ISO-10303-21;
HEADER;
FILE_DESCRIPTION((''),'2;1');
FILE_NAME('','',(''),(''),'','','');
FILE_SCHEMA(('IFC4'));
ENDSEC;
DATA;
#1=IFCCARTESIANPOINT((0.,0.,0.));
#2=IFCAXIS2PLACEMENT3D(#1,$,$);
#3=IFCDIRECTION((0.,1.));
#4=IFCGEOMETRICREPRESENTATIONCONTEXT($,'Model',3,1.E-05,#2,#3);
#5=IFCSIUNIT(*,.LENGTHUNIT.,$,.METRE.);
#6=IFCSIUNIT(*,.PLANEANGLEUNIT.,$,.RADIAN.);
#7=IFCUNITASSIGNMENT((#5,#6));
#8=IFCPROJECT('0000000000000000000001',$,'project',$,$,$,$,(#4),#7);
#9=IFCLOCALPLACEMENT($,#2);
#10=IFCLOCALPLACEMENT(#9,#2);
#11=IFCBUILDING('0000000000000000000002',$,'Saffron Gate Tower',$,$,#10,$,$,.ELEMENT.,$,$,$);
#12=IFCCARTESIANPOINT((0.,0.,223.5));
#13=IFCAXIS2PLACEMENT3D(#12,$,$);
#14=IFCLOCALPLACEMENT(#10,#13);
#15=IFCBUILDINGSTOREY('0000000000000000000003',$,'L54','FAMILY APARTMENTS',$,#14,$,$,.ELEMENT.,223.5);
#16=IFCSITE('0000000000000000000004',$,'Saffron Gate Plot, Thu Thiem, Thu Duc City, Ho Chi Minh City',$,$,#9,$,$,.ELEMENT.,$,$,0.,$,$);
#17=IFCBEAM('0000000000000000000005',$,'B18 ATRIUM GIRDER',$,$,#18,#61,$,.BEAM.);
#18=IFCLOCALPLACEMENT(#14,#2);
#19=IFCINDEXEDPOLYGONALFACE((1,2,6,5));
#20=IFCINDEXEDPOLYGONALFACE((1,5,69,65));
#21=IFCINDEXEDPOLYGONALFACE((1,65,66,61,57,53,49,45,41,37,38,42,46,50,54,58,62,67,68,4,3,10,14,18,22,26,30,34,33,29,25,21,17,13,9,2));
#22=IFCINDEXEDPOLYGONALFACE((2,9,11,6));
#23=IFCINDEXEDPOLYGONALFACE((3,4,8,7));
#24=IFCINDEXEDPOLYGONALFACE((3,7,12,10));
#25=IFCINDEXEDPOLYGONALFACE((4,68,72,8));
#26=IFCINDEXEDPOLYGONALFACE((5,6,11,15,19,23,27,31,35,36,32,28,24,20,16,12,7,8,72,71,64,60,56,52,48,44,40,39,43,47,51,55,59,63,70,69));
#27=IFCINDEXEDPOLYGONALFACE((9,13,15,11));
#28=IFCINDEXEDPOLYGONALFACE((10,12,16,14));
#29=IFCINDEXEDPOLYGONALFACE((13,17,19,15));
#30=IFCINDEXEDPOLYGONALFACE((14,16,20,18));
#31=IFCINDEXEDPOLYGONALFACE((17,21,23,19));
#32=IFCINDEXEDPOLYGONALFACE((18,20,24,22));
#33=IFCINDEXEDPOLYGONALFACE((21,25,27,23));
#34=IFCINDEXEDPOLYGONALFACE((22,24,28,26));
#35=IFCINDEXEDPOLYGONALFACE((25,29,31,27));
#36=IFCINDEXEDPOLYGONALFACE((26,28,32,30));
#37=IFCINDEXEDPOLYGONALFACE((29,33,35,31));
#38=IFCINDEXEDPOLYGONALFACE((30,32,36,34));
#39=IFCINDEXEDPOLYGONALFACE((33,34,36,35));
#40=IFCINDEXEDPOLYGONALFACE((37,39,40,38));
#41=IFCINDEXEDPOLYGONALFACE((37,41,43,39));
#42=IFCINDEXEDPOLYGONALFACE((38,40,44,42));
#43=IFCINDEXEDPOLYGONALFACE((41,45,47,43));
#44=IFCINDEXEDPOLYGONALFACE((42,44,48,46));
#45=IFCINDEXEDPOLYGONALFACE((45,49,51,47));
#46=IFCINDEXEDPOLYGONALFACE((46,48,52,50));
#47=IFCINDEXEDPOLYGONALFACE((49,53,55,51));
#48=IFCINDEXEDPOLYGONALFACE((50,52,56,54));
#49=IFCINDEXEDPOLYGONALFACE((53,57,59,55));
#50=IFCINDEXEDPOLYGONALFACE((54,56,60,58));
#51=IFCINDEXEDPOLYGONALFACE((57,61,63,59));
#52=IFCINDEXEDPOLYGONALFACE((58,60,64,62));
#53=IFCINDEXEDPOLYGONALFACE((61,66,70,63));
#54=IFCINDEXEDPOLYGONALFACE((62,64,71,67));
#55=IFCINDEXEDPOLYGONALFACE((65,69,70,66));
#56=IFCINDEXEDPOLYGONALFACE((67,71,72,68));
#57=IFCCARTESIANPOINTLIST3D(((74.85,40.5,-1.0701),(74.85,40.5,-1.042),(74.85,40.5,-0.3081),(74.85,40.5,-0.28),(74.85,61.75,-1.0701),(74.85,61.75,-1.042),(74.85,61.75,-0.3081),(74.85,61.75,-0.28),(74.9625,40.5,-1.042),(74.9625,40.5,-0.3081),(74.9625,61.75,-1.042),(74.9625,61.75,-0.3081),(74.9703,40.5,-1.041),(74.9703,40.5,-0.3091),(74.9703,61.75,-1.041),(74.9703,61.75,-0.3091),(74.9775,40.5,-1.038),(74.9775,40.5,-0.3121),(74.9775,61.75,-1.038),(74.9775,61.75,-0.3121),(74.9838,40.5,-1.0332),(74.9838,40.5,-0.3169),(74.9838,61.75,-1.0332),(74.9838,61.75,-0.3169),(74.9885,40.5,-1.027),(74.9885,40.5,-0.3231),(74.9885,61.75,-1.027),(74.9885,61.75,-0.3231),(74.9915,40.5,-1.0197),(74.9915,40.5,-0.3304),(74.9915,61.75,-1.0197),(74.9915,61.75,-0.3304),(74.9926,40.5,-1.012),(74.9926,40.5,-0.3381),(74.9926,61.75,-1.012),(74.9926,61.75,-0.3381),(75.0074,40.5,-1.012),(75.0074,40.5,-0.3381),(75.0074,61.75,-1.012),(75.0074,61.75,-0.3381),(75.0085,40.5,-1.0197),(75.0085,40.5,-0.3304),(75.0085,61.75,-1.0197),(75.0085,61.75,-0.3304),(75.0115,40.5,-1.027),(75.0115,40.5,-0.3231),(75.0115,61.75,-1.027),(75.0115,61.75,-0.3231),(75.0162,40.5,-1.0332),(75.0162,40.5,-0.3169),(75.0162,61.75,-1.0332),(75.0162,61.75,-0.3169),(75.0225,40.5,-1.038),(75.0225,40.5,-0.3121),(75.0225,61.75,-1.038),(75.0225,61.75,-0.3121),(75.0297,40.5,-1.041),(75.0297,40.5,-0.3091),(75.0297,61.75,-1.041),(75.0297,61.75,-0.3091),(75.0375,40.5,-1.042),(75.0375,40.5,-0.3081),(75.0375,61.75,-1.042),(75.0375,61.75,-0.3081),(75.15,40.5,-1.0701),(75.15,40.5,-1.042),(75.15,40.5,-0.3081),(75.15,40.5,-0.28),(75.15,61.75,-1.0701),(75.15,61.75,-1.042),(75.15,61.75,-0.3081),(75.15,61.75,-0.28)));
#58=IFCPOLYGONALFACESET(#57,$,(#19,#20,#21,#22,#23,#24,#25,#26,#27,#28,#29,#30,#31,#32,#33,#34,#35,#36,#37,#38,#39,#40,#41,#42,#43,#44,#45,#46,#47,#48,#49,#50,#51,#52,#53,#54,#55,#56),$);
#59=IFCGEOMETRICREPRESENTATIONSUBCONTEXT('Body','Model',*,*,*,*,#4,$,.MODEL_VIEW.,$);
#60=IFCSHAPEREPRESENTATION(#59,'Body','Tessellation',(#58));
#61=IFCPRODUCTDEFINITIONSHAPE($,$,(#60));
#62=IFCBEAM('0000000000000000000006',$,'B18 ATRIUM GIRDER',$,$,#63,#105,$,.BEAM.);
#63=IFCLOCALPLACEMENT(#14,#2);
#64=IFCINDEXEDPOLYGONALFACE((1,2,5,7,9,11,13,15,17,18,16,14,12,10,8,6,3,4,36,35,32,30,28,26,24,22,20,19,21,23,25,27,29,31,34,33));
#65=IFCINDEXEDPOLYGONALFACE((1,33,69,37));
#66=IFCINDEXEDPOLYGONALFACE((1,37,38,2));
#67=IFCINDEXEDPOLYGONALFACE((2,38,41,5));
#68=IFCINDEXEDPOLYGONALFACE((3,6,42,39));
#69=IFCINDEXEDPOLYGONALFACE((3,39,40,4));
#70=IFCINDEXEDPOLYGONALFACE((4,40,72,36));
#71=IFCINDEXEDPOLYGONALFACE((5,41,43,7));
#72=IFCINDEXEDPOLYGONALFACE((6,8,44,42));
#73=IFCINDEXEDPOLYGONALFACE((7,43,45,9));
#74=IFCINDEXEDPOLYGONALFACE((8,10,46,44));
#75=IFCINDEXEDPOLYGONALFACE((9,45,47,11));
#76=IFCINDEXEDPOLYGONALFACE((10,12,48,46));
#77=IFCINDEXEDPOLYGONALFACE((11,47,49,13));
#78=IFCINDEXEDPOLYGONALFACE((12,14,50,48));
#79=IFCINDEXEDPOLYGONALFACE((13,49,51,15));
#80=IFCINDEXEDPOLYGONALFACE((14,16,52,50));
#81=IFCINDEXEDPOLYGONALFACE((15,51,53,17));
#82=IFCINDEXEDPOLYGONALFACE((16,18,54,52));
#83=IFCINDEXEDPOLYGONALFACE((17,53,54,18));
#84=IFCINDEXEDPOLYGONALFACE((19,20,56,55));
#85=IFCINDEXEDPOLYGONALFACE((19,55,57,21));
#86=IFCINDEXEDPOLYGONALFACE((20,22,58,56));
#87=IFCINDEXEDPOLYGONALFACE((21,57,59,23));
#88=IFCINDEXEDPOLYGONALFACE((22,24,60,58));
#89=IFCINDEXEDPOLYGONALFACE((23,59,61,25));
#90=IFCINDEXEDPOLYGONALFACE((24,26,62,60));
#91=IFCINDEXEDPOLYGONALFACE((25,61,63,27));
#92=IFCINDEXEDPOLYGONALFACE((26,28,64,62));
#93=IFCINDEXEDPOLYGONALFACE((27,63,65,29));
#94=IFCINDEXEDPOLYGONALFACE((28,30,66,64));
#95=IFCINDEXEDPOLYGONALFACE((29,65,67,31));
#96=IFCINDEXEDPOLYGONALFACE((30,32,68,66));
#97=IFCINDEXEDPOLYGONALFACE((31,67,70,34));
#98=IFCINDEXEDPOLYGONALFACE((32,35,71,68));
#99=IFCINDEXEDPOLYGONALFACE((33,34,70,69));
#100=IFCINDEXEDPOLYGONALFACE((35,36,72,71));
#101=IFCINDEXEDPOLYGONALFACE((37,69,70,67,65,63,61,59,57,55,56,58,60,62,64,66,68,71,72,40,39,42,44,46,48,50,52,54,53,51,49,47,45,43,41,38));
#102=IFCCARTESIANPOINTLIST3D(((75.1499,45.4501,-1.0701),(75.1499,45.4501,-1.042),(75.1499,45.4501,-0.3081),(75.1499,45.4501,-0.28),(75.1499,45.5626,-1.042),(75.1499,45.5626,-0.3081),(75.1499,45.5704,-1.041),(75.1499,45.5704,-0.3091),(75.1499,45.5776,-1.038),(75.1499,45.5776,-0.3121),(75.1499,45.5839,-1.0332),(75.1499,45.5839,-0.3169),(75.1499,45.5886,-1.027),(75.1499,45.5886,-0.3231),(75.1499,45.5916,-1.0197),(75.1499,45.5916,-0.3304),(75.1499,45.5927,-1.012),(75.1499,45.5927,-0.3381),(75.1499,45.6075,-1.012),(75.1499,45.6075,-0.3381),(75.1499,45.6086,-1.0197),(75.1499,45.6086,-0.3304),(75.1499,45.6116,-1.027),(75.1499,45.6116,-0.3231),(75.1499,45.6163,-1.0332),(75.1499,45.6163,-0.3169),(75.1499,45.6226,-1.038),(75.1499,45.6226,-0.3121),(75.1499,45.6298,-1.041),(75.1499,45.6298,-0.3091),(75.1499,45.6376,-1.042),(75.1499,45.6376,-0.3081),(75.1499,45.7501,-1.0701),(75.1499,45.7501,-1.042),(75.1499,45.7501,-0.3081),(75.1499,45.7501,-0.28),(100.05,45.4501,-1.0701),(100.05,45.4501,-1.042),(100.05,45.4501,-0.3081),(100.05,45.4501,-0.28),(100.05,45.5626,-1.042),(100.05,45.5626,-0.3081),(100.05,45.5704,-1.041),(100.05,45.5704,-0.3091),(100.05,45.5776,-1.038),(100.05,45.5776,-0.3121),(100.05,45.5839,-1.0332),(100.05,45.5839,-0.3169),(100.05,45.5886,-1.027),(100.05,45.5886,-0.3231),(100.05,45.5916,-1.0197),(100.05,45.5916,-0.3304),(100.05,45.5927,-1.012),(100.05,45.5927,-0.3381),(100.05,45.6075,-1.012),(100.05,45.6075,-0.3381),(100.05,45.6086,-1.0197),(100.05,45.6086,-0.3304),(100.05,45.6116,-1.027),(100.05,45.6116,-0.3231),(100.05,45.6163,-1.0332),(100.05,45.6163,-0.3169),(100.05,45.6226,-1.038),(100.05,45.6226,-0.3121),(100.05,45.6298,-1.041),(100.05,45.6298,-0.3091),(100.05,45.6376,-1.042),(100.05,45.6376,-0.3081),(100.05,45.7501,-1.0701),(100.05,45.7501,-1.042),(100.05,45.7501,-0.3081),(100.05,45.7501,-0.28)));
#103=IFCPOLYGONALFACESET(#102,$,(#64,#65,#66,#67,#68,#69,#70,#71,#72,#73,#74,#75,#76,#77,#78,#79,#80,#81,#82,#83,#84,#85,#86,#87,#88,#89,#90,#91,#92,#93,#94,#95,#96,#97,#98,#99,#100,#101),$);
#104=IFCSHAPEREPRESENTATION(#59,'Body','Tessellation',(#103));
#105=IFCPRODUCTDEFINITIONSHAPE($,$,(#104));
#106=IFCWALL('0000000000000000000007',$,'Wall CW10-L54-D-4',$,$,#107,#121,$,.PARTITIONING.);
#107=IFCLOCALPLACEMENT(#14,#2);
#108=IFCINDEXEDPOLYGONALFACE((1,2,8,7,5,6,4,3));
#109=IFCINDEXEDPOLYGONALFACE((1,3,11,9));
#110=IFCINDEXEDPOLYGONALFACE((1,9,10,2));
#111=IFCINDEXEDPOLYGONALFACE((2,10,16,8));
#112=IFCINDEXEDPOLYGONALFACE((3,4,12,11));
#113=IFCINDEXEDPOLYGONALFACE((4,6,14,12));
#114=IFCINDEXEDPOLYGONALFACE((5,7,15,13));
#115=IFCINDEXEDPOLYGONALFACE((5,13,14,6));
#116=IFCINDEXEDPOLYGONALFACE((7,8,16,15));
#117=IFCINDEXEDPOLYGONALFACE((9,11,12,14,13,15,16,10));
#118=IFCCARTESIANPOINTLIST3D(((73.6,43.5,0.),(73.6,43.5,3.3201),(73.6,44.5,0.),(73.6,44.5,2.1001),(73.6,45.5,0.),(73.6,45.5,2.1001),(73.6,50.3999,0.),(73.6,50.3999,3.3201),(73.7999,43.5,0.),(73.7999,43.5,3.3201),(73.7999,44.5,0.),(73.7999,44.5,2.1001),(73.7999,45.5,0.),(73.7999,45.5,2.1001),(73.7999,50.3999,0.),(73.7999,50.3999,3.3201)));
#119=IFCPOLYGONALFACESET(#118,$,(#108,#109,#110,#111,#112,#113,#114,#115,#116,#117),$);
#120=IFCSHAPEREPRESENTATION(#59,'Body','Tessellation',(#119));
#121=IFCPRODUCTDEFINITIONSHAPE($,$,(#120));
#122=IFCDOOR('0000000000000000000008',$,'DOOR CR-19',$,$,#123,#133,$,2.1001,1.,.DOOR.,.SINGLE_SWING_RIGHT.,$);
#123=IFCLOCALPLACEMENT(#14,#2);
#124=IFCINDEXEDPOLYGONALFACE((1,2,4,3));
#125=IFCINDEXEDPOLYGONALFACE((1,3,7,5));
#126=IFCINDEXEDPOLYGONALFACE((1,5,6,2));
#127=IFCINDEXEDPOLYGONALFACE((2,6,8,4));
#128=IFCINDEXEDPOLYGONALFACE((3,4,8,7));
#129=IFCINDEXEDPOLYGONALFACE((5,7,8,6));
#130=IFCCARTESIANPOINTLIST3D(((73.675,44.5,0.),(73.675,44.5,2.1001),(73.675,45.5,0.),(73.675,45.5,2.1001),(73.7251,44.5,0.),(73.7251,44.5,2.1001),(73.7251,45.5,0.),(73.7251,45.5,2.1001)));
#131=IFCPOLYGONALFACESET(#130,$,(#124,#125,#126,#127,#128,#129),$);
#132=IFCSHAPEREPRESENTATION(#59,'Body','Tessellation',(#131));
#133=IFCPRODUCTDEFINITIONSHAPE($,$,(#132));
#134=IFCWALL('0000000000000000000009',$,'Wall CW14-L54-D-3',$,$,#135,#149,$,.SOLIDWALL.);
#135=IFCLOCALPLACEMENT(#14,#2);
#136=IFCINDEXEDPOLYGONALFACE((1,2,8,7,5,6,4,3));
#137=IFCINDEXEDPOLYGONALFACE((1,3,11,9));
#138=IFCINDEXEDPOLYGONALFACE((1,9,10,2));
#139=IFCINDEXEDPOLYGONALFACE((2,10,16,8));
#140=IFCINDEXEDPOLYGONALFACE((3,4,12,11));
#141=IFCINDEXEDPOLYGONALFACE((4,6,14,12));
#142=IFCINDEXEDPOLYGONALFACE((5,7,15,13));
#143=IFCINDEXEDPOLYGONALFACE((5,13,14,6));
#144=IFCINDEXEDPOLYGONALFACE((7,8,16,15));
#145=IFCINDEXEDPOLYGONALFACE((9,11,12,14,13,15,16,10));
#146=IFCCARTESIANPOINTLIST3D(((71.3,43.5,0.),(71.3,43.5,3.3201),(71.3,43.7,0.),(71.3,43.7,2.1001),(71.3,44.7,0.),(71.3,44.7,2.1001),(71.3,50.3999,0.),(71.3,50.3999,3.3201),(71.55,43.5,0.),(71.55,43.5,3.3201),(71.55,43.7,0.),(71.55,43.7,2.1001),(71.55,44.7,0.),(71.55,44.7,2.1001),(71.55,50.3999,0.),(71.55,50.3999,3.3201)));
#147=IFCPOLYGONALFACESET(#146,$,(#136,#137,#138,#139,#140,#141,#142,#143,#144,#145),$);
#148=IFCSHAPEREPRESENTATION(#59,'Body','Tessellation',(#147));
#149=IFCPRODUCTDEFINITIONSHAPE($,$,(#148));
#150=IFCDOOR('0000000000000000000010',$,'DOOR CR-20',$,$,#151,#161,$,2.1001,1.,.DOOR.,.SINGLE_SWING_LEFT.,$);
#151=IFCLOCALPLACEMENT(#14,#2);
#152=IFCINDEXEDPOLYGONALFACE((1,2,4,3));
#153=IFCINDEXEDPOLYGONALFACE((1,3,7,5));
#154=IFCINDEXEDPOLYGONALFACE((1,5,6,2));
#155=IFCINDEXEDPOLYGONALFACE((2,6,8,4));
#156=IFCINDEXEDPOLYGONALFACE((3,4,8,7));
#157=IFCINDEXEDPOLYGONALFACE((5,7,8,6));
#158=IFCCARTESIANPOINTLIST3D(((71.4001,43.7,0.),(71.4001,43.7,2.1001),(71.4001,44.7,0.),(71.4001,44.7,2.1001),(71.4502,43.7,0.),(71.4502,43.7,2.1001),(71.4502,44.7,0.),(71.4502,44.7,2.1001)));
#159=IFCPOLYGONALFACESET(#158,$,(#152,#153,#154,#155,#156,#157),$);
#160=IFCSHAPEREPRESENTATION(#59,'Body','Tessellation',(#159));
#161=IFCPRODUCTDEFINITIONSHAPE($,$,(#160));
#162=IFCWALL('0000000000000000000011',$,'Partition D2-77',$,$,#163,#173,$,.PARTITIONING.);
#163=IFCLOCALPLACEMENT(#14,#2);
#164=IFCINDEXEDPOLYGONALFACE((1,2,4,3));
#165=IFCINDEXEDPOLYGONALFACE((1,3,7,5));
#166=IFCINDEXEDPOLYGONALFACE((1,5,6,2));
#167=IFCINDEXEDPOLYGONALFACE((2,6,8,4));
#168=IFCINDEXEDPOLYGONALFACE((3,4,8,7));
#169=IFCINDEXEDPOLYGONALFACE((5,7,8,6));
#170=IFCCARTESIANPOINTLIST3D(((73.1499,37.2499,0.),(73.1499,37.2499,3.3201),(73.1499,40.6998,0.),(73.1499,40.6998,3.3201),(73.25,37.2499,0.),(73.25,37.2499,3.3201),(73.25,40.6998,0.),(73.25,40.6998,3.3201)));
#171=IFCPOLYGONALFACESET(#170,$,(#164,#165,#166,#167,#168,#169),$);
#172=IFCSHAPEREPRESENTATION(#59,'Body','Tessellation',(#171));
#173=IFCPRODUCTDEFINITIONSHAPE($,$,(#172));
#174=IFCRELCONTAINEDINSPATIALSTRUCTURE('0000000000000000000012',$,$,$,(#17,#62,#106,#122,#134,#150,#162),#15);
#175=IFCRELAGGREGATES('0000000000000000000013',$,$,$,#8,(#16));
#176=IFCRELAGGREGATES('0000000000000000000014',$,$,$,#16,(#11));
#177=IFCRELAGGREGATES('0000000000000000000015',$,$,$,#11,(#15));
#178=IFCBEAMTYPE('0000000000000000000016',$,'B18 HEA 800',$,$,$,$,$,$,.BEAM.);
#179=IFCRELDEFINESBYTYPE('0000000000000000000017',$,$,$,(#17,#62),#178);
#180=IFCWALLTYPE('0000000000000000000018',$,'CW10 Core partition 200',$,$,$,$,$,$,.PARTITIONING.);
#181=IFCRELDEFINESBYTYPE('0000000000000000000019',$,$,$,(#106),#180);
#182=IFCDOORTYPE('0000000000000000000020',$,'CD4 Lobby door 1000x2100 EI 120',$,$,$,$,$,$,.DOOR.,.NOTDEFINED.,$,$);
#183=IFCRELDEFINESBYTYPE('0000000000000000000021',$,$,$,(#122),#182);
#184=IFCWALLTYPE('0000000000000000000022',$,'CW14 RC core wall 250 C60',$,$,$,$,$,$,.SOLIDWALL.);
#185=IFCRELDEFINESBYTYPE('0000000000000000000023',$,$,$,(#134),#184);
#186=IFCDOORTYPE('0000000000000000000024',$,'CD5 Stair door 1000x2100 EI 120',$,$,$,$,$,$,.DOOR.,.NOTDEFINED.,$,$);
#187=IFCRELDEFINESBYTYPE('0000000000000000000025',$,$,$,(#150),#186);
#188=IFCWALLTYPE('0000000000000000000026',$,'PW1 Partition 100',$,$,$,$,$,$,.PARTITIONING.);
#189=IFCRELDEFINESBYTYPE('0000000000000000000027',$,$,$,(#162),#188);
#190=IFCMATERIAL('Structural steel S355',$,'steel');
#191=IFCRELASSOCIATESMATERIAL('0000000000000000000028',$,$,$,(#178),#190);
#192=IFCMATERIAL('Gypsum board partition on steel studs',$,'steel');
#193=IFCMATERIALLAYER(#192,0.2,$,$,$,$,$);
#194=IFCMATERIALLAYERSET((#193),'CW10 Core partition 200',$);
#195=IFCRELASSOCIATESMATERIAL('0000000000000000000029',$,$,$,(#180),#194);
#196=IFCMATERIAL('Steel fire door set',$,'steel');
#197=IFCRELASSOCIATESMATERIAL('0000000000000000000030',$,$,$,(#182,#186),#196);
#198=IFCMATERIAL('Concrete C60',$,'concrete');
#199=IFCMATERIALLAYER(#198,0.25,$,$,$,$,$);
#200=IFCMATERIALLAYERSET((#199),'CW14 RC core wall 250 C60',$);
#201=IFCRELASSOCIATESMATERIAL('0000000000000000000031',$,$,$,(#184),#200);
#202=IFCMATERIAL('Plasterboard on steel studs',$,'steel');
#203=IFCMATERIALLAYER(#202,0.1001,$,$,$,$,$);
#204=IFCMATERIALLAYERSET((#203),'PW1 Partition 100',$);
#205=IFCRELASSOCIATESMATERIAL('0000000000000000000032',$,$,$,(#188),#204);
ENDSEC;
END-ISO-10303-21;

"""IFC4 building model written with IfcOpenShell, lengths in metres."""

from ifc_helpers import new_model, si_unit, direction, frame, frame_2d, origin, origin_2d, place, context, subcontext, project, spatial, rectangle, i_section, extrude, material, layer, layer_set, material_profile, profile_set, type_object, element, fill, save


model = new_model("IFC4")

# Units and contexts
model_context = context("Model", 3, precision=1e-05, world=origin(), true_north=direction((0.0, 1.0)))
body_context = subcontext(model_context, "Body", "Model", "MODEL_VIEW")
ifc_project = project(units=[si_unit("LENGTHUNIT", "METRE"), si_unit("PLANEANGLEUNIT", "RADIAN")], contexts=[model_context])

# Site, building, storey
site_placement = place(None, origin())
site = spatial("IfcSite", under=ifc_project, at=site_placement, Name="Saffron Gate Plot, Thu Thiem, Thu Duc City, Ho Chi Minh City", CompositionType="ELEMENT", RefElevation=0.0)
building_placement = place(site_placement, origin())
building = spatial("IfcBuilding", under=site, at=building_placement, Name="Saffron Gate Tower", CompositionType="ELEMENT")
storey_placement = place(building_placement, frame((0.0, 0.0, 223.5)))
storey = spatial("IfcBuildingStorey", under=building, at=storey_placement, Name="L54", Description="FAMILY APARTMENTS", CompositionType="ELEMENT", Elevation=223.5)

# Beams
ifc_material_1 = material(Name="Structural steel S355", Category="steel")
ifc_material_profile = material_profile(ifc_material_1, i_section(OverallWidth=0.3, OverallDepth=0.79, WebThickness=0.0149, FlangeThickness=0.0281, FilletRadius=0.03, at=origin_2d()))
ifc_profile_set = profile_set([ifc_material_profile], Name="Structural steel S355")
beam_type = type_object("IfcBeamType", Name="B18 HEA 800", PredefinedType="BEAM", material=ifc_profile_set)
beam_1_placement = place(storey_placement, frame((75.0, 40.5, -0.675), z_axis=(0.0, 1.0, 0.0), x_axis=(-1.0, 0.0, 0.0)))
element("IfcBeam", 1, at=beam_1_placement, inside=storey, type_object=beam_type, Name="B18 ATRIUM GIRDER", PredefinedType="BEAM", context=body_context, shape_type="SweptSolid", body=[
    extrude(i_section(OverallWidth=0.3, OverallDepth=0.79, WebThickness=0.0149, FlangeThickness=0.0281, FilletRadius=0.03, at=origin_2d()), origin(), (0.0, 0.0, 1.0), 21.25),
])
beam_2_placement = place(storey_placement, frame((75.1499, 45.6001, -0.675), z_axis=(1.0, 0.0, 0.0), x_axis=(0.0, 1.0, 0.0)))
element("IfcBeam", 2, at=beam_2_placement, inside=storey, type_object=beam_type, Name="B18 ATRIUM GIRDER", PredefinedType="BEAM", context=body_context, shape_type="SweptSolid", body=[
    extrude(i_section(OverallWidth=0.3, OverallDepth=0.79, WebThickness=0.0149, FlangeThickness=0.0281, FilletRadius=0.03, at=origin_2d()), origin(), (0.0, 0.0, 1.0), 24.9001),
])

# Walls, openings, doors
ifc_material_2 = material(Name="Gypsum board partition on steel studs", Category="steel")
ifc_layer_1 = layer(ifc_material_2, 0.2)
ifc_layer_set_1 = layer_set([ifc_layer_1], Name="CW10 Core partition 200")
wall_type_1 = type_object("IfcWallType", Name="CW10 Core partition 200", PredefinedType="PARTITIONING", material=ifc_layer_set_1)
wall_1_placement = place(storey_placement, frame((73.7, 43.5, 0.0), z_axis=(0.0, 0.0, 1.0), x_axis=(0.0, 1.0, 0.0)))
wall_1 = element("IfcWall", 3, at=wall_1_placement, inside=storey, type_object=wall_type_1, Name="Wall CW10-L54-D-4", PredefinedType="PARTITIONING", context=body_context, shape_type="SweptSolid", body=[
    extrude(rectangle(XDim=6.8999, YDim=0.2, at=frame_2d((3.45, 0.0))), origin(), (0.0, 0.0, 1.0), 3.3201),
])
opening_1_placement = place(wall_1_placement, frame((1.0, 0.0, 0.0)))
opening_1 = element("IfcOpeningElement", 4, at=opening_1_placement, cuts=wall_1, PredefinedType="OPENING", context=body_context, shape_type="SweptSolid", body=[
    extrude(rectangle(XDim=1.0, YDim=2.1001, at=frame_2d((0.5, 1.05))), frame((0.0, 0.1099, 0.0), z_axis=(0.0, -1.0, 0.0), x_axis=(1.0, 0.0, 0.0)), (0.0, 0.0, 1.0), 0.22),
])
ifc_material_3 = material(Name="Steel fire door set", Category="steel")
door_type_1 = type_object("IfcDoorType", Name="CD4 Lobby door 1000x2100 EI 120", OperationType="NOTDEFINED", PredefinedType="DOOR", material=ifc_material_3)
door_1_placement = place(opening_1_placement, origin())
door_1 = element("IfcDoor", 5, at=door_1_placement, inside=storey, type_object=door_type_1, Name="DOOR CR-19", OperationType="SINGLE_SWING_RIGHT", OverallHeight=2.1001, OverallWidth=1.0, PredefinedType="DOOR", context=body_context, shape_type="SweptSolid", body=[
    extrude(rectangle(XDim=1.0, YDim=2.1001, at=frame_2d((0.5, 1.05))), frame((0.0, 0.0249, 0.0), z_axis=(0.0, -1.0, 0.0), x_axis=(1.0, 0.0, 0.0)), (0.0, 0.0, 1.0), 0.05),
])
fill(opening_1, door_1)
ifc_material_4 = material(Name="Concrete C60", Category="concrete")
ifc_layer_2 = layer(ifc_material_4, 0.25)
ifc_layer_set_2 = layer_set([ifc_layer_2], Name="CW14 RC core wall 250 C60")
wall_type_2 = type_object("IfcWallType", Name="CW14 RC core wall 250 C60", PredefinedType="SOLIDWALL", material=ifc_layer_set_2)
wall_2_placement = place(storey_placement, frame((71.425, 43.5, 0.0), z_axis=(0.0, 0.0, 1.0), x_axis=(0.0, 1.0, 0.0)))
wall_2 = element("IfcWall", 6, at=wall_2_placement, inside=storey, type_object=wall_type_2, Name="Wall CW14-L54-D-3", PredefinedType="SOLIDWALL", context=body_context, shape_type="SweptSolid", body=[
    extrude(rectangle(XDim=6.8999, YDim=0.25, at=frame_2d((3.45, 0.0))), origin(), (0.0, 0.0, 1.0), 3.3201),
])
opening_2_placement = place(wall_2_placement, frame((0.2, 0.0, 0.0)))
opening_2 = element("IfcOpeningElement", 7, at=opening_2_placement, cuts=wall_2, PredefinedType="OPENING", context=body_context, shape_type="SweptSolid", body=[
    extrude(rectangle(XDim=1.0, YDim=2.1001, at=frame_2d((0.5, 1.05))), frame((0.0, 0.135, 0.0), z_axis=(0.0, -1.0, 0.0), x_axis=(1.0, 0.0, 0.0)), (0.0, 0.0, 1.0), 0.27),
])
door_type_2 = type_object("IfcDoorType", Name="CD5 Stair door 1000x2100 EI 120", OperationType="NOTDEFINED", PredefinedType="DOOR", material=ifc_material_3)
door_2_placement = place(opening_2_placement, origin())
door_2 = element("IfcDoor", 8, at=door_2_placement, inside=storey, type_object=door_type_2, Name="DOOR CR-20", OperationType="SINGLE_SWING_LEFT", OverallHeight=2.1001, OverallWidth=1.0, PredefinedType="DOOR", context=body_context, shape_type="SweptSolid", body=[
    extrude(rectangle(XDim=1.0, YDim=2.1001, at=frame_2d((0.5, 1.05))), frame((0.0, 0.0249, 0.0), z_axis=(0.0, -1.0, 0.0), x_axis=(1.0, 0.0, 0.0)), (0.0, 0.0, 1.0), 0.05),
])
fill(opening_2, door_2)

# Wall
ifc_material_5 = material(Name="Plasterboard on steel studs", Category="steel")
ifc_layer_3 = layer(ifc_material_5, 0.1001)
ifc_layer_set_3 = layer_set([ifc_layer_3], Name="PW1 Partition 100")
wall_type_3 = type_object("IfcWallType", Name="PW1 Partition 100", PredefinedType="PARTITIONING", material=ifc_layer_set_3)
wall_3_placement = place(storey_placement, frame((73.2, 40.7, 0.0), z_axis=(0.0, 0.0, 1.0), x_axis=(0.0, -1.0, 0.0)))
element("IfcWall", 9, at=wall_3_placement, inside=storey, type_object=wall_type_3, Name="Partition D2-77", PredefinedType="PARTITIONING", context=body_context, shape_type="SweptSolid", body=[
    extrude(rectangle(XDim=3.45, YDim=0.1001, at=frame_2d((1.7251, 0.0))), origin(), (0.0, 0.0, 1.0), 3.3201),
])

save(model, "model.ifc")
